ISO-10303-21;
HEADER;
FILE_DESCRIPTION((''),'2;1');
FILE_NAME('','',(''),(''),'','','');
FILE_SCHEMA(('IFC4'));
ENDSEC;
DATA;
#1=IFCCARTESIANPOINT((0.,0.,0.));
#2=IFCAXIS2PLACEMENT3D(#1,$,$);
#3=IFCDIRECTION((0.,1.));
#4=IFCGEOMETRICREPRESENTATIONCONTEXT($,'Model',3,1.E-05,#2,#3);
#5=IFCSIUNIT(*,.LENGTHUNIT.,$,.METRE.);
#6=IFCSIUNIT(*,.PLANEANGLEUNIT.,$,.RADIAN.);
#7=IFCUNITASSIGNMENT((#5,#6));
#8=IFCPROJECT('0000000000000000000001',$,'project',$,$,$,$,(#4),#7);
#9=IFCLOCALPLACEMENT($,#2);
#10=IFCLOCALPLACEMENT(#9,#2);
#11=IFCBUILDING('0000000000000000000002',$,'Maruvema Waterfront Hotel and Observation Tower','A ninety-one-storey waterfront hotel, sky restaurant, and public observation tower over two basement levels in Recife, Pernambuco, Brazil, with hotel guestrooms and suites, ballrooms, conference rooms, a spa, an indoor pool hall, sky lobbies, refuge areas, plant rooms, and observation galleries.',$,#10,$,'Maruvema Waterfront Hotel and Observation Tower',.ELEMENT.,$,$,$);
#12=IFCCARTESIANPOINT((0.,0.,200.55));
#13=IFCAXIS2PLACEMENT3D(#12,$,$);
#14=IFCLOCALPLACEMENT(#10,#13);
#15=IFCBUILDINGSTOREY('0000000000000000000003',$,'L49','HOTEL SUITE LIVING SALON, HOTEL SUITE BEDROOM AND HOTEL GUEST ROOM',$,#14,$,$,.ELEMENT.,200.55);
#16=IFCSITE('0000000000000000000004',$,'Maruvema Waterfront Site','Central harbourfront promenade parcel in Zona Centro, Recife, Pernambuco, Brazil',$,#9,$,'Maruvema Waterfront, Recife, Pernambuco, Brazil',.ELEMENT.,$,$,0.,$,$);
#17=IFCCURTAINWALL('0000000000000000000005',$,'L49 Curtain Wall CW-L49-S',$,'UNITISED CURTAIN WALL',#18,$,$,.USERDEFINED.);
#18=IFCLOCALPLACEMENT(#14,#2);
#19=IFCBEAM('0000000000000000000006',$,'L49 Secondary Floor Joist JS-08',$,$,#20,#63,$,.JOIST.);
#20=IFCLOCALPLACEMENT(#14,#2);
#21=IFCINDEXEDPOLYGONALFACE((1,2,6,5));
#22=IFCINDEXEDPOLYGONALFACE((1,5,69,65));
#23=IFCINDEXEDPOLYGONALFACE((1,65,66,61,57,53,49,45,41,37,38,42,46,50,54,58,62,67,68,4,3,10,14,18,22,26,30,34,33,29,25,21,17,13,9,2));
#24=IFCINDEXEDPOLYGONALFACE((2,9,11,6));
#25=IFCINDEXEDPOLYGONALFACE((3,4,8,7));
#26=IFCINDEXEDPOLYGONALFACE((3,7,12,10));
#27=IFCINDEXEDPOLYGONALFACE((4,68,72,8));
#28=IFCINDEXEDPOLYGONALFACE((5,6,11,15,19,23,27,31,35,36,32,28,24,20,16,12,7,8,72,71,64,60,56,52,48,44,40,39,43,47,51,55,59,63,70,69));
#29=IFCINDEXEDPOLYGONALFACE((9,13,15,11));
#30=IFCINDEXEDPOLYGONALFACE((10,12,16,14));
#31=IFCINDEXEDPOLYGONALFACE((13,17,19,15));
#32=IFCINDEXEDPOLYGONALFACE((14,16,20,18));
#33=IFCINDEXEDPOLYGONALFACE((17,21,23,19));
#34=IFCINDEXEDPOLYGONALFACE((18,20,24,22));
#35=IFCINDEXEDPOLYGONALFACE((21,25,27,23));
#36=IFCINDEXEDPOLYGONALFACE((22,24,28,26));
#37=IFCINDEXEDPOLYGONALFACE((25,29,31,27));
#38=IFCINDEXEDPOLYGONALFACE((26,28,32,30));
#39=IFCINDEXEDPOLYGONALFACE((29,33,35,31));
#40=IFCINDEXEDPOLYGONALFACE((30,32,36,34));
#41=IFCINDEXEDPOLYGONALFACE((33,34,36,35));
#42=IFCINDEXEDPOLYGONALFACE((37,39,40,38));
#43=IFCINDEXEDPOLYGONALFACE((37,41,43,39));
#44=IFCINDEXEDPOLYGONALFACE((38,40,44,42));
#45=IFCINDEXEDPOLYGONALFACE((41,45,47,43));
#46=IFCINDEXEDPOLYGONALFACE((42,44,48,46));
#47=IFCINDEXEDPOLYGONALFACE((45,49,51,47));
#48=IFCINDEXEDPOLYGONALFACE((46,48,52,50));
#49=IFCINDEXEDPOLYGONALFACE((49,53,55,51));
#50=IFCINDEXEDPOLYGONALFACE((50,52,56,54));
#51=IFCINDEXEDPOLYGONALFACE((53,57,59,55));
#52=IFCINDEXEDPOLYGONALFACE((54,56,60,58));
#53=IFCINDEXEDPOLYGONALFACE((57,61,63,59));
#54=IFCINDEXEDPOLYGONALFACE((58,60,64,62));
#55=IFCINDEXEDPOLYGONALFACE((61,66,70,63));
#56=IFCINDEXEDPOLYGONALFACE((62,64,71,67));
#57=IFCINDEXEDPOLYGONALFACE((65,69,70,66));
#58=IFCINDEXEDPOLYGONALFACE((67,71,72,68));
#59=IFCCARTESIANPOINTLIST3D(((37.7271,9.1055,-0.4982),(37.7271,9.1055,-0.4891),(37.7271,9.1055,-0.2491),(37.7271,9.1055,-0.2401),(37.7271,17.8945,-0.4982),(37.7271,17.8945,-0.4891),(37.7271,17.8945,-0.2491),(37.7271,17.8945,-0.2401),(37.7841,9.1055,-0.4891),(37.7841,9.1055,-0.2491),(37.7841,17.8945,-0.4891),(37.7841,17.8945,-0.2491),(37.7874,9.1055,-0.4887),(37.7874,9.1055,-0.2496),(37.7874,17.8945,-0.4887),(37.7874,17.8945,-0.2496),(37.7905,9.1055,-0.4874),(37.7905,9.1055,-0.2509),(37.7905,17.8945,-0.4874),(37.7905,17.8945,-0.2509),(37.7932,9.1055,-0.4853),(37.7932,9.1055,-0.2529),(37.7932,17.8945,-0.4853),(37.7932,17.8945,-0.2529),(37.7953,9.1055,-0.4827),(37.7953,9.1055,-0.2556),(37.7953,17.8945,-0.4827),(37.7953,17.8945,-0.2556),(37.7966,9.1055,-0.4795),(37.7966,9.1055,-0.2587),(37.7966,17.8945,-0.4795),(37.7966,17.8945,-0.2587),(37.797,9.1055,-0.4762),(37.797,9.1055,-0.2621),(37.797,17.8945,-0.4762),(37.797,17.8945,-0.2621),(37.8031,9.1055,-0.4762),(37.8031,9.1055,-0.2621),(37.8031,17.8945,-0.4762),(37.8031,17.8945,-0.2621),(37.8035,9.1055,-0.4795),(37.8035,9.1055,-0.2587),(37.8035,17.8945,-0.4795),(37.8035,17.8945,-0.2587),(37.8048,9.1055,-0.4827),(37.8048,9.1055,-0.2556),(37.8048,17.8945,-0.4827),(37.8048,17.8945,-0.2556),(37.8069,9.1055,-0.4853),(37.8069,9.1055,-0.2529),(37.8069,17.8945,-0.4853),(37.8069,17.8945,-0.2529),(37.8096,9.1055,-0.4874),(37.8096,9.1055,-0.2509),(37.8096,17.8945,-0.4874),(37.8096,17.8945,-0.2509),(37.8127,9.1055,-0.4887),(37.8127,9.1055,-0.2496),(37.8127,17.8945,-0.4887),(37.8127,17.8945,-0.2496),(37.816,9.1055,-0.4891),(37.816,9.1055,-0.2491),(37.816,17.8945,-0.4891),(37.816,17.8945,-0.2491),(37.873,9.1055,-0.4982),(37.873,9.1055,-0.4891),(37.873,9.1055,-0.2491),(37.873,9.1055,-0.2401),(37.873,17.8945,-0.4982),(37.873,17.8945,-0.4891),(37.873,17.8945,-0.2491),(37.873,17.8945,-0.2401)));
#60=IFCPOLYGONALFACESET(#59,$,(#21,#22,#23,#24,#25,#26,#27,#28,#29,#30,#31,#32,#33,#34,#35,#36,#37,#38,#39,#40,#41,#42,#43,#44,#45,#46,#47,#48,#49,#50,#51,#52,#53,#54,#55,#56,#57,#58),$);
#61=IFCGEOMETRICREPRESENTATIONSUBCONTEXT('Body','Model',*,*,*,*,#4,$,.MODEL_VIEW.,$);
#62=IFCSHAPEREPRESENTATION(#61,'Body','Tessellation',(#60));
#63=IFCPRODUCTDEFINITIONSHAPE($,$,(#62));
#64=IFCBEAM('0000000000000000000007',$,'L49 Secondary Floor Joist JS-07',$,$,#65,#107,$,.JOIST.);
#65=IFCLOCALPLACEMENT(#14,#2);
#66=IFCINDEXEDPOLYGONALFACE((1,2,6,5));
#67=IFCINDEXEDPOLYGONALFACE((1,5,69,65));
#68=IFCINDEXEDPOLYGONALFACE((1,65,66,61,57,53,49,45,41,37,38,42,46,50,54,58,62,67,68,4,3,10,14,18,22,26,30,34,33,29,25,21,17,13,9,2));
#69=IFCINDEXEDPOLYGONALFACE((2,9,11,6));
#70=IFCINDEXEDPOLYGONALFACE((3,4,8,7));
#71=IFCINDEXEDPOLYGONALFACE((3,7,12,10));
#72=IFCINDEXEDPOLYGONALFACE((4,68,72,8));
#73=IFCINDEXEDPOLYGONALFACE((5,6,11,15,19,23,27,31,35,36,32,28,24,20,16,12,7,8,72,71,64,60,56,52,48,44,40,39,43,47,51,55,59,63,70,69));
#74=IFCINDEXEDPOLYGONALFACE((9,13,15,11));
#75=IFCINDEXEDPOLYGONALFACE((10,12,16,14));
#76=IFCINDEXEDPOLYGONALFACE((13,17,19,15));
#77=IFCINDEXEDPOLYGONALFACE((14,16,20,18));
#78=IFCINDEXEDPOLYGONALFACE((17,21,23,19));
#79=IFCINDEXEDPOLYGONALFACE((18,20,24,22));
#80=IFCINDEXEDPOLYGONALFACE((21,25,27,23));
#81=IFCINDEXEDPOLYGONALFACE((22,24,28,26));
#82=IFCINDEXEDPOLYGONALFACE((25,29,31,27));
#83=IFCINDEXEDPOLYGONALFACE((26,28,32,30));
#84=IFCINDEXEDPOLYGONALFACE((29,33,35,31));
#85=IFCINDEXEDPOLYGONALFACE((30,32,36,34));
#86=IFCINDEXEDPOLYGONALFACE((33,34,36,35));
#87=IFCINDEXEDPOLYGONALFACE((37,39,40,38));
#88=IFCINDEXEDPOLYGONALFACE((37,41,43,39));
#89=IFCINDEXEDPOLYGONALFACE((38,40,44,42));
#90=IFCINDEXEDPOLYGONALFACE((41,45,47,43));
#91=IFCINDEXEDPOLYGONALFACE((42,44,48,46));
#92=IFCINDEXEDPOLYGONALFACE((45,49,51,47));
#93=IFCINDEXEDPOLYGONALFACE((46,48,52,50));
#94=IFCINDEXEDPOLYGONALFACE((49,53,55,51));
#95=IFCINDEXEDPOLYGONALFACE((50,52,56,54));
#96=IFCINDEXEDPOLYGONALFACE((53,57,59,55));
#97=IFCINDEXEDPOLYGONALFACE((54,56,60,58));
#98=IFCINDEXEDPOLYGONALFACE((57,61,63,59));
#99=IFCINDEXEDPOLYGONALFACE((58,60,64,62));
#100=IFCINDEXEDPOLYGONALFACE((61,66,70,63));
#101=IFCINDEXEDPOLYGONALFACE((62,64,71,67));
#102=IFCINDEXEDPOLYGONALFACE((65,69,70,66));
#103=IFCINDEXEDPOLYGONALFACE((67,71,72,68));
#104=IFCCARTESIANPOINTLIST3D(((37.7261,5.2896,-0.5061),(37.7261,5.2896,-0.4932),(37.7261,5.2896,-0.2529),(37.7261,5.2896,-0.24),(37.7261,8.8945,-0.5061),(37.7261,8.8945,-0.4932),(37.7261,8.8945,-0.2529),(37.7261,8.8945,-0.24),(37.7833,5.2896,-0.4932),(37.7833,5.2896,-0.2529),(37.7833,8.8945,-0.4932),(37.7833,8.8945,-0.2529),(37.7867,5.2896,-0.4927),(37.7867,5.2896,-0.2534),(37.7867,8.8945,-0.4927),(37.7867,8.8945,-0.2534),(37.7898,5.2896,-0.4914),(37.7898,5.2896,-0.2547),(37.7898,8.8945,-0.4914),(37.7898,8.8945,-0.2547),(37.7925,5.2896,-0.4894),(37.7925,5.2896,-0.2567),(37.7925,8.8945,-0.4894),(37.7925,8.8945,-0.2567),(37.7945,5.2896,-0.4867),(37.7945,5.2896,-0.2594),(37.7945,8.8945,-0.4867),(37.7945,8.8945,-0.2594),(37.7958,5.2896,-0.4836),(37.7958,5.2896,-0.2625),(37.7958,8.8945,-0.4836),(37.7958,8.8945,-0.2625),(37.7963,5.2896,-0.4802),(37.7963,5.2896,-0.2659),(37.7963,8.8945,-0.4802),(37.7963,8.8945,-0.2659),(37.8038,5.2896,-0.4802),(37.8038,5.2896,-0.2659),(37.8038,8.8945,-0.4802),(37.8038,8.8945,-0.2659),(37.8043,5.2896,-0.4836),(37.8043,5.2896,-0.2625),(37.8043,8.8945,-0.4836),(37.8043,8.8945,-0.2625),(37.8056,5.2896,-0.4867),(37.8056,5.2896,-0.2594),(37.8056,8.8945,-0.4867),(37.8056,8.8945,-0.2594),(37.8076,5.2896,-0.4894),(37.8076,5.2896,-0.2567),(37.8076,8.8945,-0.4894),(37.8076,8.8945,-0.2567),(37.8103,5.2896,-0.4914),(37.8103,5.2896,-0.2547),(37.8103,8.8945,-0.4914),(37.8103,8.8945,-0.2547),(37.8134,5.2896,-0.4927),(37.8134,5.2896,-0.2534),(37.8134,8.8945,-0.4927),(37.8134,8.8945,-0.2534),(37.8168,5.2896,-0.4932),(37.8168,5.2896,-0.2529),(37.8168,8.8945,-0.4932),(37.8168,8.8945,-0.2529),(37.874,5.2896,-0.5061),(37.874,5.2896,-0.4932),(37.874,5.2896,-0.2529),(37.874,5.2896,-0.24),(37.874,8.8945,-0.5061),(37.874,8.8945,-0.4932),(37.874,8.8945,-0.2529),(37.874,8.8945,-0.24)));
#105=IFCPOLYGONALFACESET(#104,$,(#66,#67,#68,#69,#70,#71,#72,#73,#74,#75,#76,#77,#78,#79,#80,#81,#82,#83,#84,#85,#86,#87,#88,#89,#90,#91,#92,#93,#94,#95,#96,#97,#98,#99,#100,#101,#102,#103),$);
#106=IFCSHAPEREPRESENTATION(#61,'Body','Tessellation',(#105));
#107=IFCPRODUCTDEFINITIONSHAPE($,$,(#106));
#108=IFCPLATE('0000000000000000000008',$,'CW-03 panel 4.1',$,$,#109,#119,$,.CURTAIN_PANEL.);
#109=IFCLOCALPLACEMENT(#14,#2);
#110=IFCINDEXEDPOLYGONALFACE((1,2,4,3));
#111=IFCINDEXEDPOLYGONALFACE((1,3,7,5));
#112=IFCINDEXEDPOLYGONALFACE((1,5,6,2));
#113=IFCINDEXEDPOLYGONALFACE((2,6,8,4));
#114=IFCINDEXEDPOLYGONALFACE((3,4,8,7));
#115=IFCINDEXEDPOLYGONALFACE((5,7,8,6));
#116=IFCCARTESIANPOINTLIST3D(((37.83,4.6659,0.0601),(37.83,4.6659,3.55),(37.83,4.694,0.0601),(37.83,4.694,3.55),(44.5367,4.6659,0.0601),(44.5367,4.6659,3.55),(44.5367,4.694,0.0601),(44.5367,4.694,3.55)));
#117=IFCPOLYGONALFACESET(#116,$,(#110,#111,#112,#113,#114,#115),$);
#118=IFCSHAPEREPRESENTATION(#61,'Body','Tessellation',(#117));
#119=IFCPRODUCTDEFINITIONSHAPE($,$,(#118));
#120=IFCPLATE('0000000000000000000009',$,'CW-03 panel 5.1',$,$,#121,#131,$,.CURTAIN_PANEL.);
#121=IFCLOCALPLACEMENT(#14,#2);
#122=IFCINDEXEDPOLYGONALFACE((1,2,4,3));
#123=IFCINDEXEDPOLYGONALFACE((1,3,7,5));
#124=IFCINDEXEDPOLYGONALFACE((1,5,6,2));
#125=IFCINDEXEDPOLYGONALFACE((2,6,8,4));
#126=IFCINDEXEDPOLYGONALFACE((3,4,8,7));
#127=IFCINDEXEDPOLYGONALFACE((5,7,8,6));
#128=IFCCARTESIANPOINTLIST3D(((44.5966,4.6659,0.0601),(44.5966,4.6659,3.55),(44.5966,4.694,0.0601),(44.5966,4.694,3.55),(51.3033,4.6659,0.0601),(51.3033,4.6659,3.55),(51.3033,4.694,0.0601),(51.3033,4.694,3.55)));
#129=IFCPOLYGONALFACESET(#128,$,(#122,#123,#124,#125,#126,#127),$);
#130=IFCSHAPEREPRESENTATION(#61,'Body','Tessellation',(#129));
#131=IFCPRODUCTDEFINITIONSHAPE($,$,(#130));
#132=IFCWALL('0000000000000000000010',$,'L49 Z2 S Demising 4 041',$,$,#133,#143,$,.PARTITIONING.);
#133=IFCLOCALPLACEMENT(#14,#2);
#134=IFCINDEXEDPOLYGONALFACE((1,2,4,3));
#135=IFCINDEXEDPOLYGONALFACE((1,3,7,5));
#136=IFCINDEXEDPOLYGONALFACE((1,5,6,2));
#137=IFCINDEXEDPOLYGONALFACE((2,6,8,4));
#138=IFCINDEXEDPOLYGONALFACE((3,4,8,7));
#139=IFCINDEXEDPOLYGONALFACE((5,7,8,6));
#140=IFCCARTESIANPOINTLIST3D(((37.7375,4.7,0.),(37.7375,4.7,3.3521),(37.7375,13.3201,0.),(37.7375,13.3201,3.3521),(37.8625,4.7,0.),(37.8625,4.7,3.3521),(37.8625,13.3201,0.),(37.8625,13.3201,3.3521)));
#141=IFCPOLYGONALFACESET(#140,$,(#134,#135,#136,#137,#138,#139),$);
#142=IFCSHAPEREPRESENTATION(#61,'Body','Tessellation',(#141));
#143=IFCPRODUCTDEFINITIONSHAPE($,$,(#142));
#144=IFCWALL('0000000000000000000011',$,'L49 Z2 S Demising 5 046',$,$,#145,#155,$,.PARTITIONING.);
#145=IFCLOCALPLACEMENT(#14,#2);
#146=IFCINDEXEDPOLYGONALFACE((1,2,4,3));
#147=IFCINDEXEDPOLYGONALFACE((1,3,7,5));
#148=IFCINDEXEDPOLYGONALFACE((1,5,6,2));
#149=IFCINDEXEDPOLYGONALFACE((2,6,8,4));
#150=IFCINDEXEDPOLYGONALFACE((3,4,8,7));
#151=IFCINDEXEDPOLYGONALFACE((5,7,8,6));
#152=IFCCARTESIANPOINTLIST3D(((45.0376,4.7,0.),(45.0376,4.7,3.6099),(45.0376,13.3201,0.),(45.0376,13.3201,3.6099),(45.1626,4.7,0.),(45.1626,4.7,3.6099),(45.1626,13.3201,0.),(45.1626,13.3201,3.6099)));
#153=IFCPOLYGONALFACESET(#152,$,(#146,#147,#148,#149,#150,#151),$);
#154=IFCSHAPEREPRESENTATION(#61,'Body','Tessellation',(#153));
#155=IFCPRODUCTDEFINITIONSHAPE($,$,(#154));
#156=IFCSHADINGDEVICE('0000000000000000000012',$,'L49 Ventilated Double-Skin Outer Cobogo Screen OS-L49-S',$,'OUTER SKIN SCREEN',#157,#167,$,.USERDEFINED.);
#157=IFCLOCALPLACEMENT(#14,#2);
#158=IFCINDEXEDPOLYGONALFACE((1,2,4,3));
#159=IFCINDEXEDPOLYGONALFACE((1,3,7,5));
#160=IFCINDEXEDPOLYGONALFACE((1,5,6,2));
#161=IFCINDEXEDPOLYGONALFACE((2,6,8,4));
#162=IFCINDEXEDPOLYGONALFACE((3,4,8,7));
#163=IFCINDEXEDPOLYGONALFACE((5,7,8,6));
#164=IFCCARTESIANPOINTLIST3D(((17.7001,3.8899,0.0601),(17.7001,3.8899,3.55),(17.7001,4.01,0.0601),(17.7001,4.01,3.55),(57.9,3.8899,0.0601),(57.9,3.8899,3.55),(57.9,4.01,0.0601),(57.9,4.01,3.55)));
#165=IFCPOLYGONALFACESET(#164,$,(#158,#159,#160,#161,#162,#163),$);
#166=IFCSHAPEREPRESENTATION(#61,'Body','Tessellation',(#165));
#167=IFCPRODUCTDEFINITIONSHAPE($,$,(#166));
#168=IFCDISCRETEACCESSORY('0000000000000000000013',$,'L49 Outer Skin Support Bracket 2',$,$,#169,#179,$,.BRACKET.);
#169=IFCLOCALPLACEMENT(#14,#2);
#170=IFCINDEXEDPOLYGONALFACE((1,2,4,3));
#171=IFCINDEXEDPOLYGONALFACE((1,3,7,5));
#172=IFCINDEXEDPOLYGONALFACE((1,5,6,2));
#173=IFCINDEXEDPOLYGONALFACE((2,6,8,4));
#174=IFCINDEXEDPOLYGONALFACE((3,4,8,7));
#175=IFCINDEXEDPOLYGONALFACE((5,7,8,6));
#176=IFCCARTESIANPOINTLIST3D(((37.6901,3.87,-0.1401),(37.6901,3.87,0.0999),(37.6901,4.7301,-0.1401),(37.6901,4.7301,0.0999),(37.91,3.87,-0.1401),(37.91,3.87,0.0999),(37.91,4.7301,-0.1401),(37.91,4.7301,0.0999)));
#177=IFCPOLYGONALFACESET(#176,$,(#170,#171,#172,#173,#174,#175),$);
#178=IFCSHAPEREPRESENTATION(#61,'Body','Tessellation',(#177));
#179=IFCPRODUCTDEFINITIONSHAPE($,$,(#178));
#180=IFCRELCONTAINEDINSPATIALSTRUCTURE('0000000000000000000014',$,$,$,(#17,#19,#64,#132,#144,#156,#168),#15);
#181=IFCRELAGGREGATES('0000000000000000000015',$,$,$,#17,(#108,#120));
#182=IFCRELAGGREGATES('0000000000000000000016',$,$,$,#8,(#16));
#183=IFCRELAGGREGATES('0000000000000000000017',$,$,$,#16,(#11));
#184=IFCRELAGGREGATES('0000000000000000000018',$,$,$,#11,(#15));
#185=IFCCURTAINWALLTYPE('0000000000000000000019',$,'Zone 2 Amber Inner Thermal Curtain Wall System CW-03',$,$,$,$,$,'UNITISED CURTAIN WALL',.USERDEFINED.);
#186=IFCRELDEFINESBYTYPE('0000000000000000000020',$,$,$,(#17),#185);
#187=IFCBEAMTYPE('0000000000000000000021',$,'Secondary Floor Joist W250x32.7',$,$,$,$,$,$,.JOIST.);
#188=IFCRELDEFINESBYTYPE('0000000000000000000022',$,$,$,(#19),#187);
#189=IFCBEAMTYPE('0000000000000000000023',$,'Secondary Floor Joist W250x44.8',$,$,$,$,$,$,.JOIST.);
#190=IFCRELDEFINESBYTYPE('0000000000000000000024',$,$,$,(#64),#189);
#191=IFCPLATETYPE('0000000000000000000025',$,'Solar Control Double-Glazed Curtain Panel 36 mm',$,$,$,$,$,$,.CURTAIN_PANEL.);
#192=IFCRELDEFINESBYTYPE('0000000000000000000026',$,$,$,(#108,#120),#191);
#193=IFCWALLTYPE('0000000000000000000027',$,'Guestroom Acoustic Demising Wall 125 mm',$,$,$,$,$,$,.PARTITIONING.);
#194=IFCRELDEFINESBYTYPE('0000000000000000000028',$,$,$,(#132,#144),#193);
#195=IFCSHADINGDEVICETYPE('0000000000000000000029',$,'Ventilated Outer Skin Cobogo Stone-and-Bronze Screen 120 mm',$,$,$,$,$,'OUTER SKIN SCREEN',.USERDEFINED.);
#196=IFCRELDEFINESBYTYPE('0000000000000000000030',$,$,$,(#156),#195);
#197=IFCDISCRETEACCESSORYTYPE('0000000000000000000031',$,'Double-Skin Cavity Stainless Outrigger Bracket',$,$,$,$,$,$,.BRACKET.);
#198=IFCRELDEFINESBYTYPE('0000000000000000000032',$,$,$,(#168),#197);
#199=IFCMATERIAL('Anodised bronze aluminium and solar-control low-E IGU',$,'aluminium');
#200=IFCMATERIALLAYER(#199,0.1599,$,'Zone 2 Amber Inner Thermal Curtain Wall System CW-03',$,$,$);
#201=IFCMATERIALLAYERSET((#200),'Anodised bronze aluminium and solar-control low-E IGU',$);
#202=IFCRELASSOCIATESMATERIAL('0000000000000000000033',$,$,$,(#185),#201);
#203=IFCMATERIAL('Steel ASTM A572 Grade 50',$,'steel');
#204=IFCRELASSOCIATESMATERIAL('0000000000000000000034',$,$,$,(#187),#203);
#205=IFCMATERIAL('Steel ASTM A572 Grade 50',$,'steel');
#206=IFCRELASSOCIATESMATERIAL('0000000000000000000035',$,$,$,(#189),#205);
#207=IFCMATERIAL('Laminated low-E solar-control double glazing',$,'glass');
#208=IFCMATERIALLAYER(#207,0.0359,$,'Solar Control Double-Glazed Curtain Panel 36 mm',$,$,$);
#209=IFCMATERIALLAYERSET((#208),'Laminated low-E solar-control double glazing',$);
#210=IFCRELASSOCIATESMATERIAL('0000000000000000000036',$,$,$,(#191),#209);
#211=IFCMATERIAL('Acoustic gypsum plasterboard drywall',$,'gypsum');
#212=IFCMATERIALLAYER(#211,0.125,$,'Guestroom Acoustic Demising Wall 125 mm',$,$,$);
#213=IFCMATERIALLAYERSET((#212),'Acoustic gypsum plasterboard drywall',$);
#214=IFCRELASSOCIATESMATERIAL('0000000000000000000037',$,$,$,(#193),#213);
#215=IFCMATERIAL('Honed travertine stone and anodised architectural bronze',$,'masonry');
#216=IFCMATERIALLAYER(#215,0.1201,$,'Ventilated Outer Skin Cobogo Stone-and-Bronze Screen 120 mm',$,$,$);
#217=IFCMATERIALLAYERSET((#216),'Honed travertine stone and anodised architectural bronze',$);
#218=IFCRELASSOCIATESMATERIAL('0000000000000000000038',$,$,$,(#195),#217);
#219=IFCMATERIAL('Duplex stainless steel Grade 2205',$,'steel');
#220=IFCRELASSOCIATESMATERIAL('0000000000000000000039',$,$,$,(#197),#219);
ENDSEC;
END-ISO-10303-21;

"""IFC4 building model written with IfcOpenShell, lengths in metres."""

from ifc_helpers import new_model, si_unit, direction, frame, frame_2d, origin, origin_2d, place, context, subcontext, project, spatial, rectangle, i_section, extrude, material, layer, layer_set, material_profile, profile_set, type_object, element, aggregate, save


model = new_model("IFC4")

# Units and contexts
model_context = context("Model", 3, precision=1e-05, world=origin(), true_north=direction((0.0, 1.0)))
body_context = subcontext(model_context, "Body", "Model", "MODEL_VIEW")
ifc_project = project(units=[si_unit("LENGTHUNIT", "METRE"), si_unit("PLANEANGLEUNIT", "RADIAN")], contexts=[model_context])

# Site, building, storey
site_placement = place(None, origin())
site = spatial("IfcSite", under=ifc_project, at=site_placement, Name="Maruvema Waterfront Site", Description="Central harbourfront promenade parcel in Zona Centro, Recife, Pernambuco, Brazil", LongName="Maruvema Waterfront, Recife, Pernambuco, Brazil", CompositionType="ELEMENT", RefElevation=0.0)
building_placement = place(site_placement, origin())
building = spatial("IfcBuilding", under=site, at=building_placement, Name="Maruvema Waterfront Hotel and Observation Tower", Description="A ninety-one-storey waterfront hotel, sky restaurant, and public observation tower over two basement levels in Recife, Pernambuco, Brazil, with hotel guestrooms and suites, ballrooms, conference rooms, a spa, an indoor pool hall, sky lobbies, refuge areas, plant rooms, and observation galleries.", LongName="Maruvema Waterfront Hotel and Observation Tower", CompositionType="ELEMENT")
storey_placement = place(building_placement, frame((0.0, 0.0, 200.55)))
storey = spatial("IfcBuildingStorey", under=building, at=storey_placement, Name="L49", Description="HOTEL SUITE LIVING SALON, HOTEL SUITE BEDROOM AND HOTEL GUEST ROOM", CompositionType="ELEMENT", Elevation=200.55)

# Curtain wall
ifc_material_1 = material(Name="Anodised bronze aluminium and solar-control low-E IGU", Category="aluminium")
ifc_layer_1 = layer(ifc_material_1, 0.1599, Name="Zone 2 Amber Inner Thermal Curtain Wall System CW-03")
ifc_layer_set_1 = layer_set([ifc_layer_1], Name="Anodised bronze aluminium and solar-control low-E IGU")
curtain_wall_type = type_object("IfcCurtainWallType", Name="Zone 2 Amber Inner Thermal Curtain Wall System CW-03", ElementType="UNITISED CURTAIN WALL", PredefinedType="USERDEFINED", material=ifc_layer_set_1)
curtain_wall_placement = place(storey_placement, origin())
curtain_wall = element("IfcCurtainWall", 1, at=curtain_wall_placement, inside=storey, type_object=curtain_wall_type, Name="L49 Curtain Wall CW-L49-S", ObjectType="UNITISED CURTAIN WALL", PredefinedType="USERDEFINED")

# Beams
ifc_material_2 = material(Name="Steel ASTM A572 Grade 50", Category="steel")
ifc_material_profile_1 = material_profile(ifc_material_2, i_section(OverallWidth=0.146, OverallDepth=0.2581, WebThickness=0.0061, FlangeThickness=0.009, FilletRadius=0.0129, at=origin_2d()), Name="W250x32.7")
ifc_profile_set_1 = profile_set([ifc_material_profile_1], Name="Steel ASTM A572 Grade 50")
beam_type_1 = type_object("IfcBeamType", Name="Secondary Floor Joist W250x32.7", PredefinedType="JOIST", material=ifc_profile_set_1)
beam_1_placement = place(storey_placement, frame((37.8, 9.1055, -0.3691), z_axis=(0.0, 1.0, 0.0), x_axis=(-1.0, 0.0, 0.0)))
element("IfcBeam", 2, at=beam_1_placement, inside=storey, type_object=beam_type_1, Name="L49 Secondary Floor Joist JS-08", PredefinedType="JOIST", context=body_context, shape_type="SweptSolid", body=[
    extrude(i_section(OverallWidth=0.146, OverallDepth=0.2581, WebThickness=0.0061, FlangeThickness=0.009, FilletRadius=0.0129, at=origin_2d()), origin(), (0.0, 0.0, 1.0), 8.7891),
])
ifc_material_3 = material(Name="Steel ASTM A572 Grade 50", Category="steel")
ifc_material_profile_2 = material_profile(ifc_material_3, i_section(OverallWidth=0.1479, OverallDepth=0.2661, WebThickness=0.0076, FlangeThickness=0.0129, FilletRadius=0.0129, at=origin_2d()), Name="W250x44.8")
ifc_profile_set_2 = profile_set([ifc_material_profile_2], Name="Steel ASTM A572 Grade 50")
beam_type_2 = type_object("IfcBeamType", Name="Secondary Floor Joist W250x44.8", PredefinedType="JOIST", material=ifc_profile_set_2)
beam_2_placement = place(storey_placement, frame((37.8, 5.2896, -0.373), z_axis=(0.0, 1.0, 0.0), x_axis=(-1.0, 0.0, 0.0)))
element("IfcBeam", 3, at=beam_2_placement, inside=storey, type_object=beam_type_2, Name="L49 Secondary Floor Joist JS-07", PredefinedType="JOIST", context=body_context, shape_type="SweptSolid", body=[
    extrude(i_section(OverallWidth=0.1479, OverallDepth=0.2661, WebThickness=0.0076, FlangeThickness=0.0129, FilletRadius=0.0129, at=origin_2d()), origin(), (0.0, 0.0, 1.0), 3.605),
])

# Plates
ifc_material_4 = material(Name="Laminated low-E solar-control double glazing", Category="glass")
ifc_layer_2 = layer(ifc_material_4, 0.0359, Name="Solar Control Double-Glazed Curtain Panel 36 mm")
ifc_layer_set_2 = layer_set([ifc_layer_2], Name="Laminated low-E solar-control double glazing")
plate_type = type_object("IfcPlateType", Name="Solar Control Double-Glazed Curtain Panel 36 mm", PredefinedType="CURTAIN_PANEL", material=ifc_layer_set_2)
plate_1_placement = place(storey_placement, frame((41.1833, 4.6799, 0.0601), z_axis=(0.0, 0.0, 1.0), x_axis=(1.0, 0.0, 0.0)))
plate_1 = element("IfcPlate", 4, at=plate_1_placement, type_object=plate_type, Name="CW-03 panel 4.1", PredefinedType="CURTAIN_PANEL", context=body_context, shape_type="SweptSolid", body=[
    extrude(rectangle(XDim=6.7068, YDim=0.0281, at=origin_2d()), origin(), (0.0, 0.0, 1.0), 3.49),
])
plate_2_placement = place(storey_placement, frame((47.95, 4.6799, 0.0601), z_axis=(0.0, 0.0, 1.0), x_axis=(1.0, 0.0, 0.0)))
plate_2 = element("IfcPlate", 5, at=plate_2_placement, type_object=plate_type, Name="CW-03 panel 5.1", PredefinedType="CURTAIN_PANEL", context=body_context, shape_type="SweptSolid", body=[
    extrude(rectangle(XDim=6.7068, YDim=0.0281, at=origin_2d()), origin(), (0.0, 0.0, 1.0), 3.49),
])
aggregate(curtain_wall, [plate_1, plate_2])

# Walls
ifc_material_5 = material(Name="Acoustic gypsum plasterboard drywall", Category="gypsum")
ifc_layer_3 = layer(ifc_material_5, 0.125, Name="Guestroom Acoustic Demising Wall 125 mm")
ifc_layer_set_3 = layer_set([ifc_layer_3], Name="Acoustic gypsum plasterboard drywall")
wall_type = type_object("IfcWallType", Name="Guestroom Acoustic Demising Wall 125 mm", PredefinedType="PARTITIONING", material=ifc_layer_set_3)
wall_1_placement = place(storey_placement, frame((37.8, 4.7, 0.0), z_axis=(0.0, 0.0, 1.0), x_axis=(0.0, 1.0, 0.0)))
element("IfcWall", 6, at=wall_1_placement, inside=storey, type_object=wall_type, Name="L49 Z2 S Demising 4 041", PredefinedType="PARTITIONING", context=body_context, shape_type="SweptSolid", body=[
    extrude(rectangle(XDim=8.6201, YDim=0.125, at=frame_2d((4.3101, 0.0))), origin(), (0.0, 0.0, 1.0), 3.3521),
])
wall_2_placement = place(storey_placement, frame((45.1001, 4.7, 0.0), z_axis=(0.0, 0.0, 1.0), x_axis=(0.0, 1.0, 0.0)))
element("IfcWall", 7, at=wall_2_placement, inside=storey, type_object=wall_type, Name="L49 Z2 S Demising 5 046", PredefinedType="PARTITIONING", context=body_context, shape_type="SweptSolid", body=[
    extrude(rectangle(XDim=8.6201, YDim=0.125, at=frame_2d((4.3101, 0.0))), origin(), (0.0, 0.0, 1.0), 3.6099),
])

# Shading device
ifc_material_6 = material(Name="Honed travertine stone and anodised architectural bronze", Category="masonry")
ifc_layer_4 = layer(ifc_material_6, 0.1201, Name="Ventilated Outer Skin Cobogo Stone-and-Bronze Screen 120 mm")
ifc_layer_set_4 = layer_set([ifc_layer_4], Name="Honed travertine stone and anodised architectural bronze")
shading_device_type = type_object("IfcShadingDeviceType", Name="Ventilated Outer Skin Cobogo Stone-and-Bronze Screen 120 mm", ElementType="OUTER SKIN SCREEN", PredefinedType="USERDEFINED", material=ifc_layer_set_4)
shading_device_placement = place(storey_placement, frame((37.8, 3.95, 0.0601), z_axis=(0.0, 0.0, 1.0), x_axis=(1.0, 0.0, 0.0)))
element("IfcShadingDevice", 8, at=shading_device_placement, inside=storey, type_object=shading_device_type, Name="L49 Ventilated Double-Skin Outer Cobogo Screen OS-L49-S", ObjectType="OUTER SKIN SCREEN", PredefinedType="USERDEFINED", context=body_context, shape_type="SweptSolid", body=[
    extrude(rectangle(XDim=40.2, YDim=0.1201, at=origin_2d()), origin(), (0.0, 0.0, 1.0), 3.49),
])

# Discrete accessory
ifc_material_7 = material(Name="Duplex stainless steel Grade 2205", Category="steel")
discrete_accessory_type = type_object("IfcDiscreteAccessoryType", Name="Double-Skin Cavity Stainless Outrigger Bracket", PredefinedType="BRACKET", material=ifc_material_7)
discrete_accessory_placement = place(storey_placement, frame((37.8, 4.3, -0.1401), z_axis=(0.0, 0.0, 1.0), x_axis=(1.0, 0.0, 0.0)))
element("IfcDiscreteAccessory", 9, at=discrete_accessory_placement, inside=storey, type_object=discrete_accessory_type, Name="L49 Outer Skin Support Bracket 2", PredefinedType="BRACKET", context=body_context, shape_type="SweptSolid", body=[
    extrude(rectangle(XDim=0.22, YDim=0.8601, at=origin_2d()), origin(), (0.0, 0.0, 1.0), 0.24),
])

save(model, "model.ifc")
